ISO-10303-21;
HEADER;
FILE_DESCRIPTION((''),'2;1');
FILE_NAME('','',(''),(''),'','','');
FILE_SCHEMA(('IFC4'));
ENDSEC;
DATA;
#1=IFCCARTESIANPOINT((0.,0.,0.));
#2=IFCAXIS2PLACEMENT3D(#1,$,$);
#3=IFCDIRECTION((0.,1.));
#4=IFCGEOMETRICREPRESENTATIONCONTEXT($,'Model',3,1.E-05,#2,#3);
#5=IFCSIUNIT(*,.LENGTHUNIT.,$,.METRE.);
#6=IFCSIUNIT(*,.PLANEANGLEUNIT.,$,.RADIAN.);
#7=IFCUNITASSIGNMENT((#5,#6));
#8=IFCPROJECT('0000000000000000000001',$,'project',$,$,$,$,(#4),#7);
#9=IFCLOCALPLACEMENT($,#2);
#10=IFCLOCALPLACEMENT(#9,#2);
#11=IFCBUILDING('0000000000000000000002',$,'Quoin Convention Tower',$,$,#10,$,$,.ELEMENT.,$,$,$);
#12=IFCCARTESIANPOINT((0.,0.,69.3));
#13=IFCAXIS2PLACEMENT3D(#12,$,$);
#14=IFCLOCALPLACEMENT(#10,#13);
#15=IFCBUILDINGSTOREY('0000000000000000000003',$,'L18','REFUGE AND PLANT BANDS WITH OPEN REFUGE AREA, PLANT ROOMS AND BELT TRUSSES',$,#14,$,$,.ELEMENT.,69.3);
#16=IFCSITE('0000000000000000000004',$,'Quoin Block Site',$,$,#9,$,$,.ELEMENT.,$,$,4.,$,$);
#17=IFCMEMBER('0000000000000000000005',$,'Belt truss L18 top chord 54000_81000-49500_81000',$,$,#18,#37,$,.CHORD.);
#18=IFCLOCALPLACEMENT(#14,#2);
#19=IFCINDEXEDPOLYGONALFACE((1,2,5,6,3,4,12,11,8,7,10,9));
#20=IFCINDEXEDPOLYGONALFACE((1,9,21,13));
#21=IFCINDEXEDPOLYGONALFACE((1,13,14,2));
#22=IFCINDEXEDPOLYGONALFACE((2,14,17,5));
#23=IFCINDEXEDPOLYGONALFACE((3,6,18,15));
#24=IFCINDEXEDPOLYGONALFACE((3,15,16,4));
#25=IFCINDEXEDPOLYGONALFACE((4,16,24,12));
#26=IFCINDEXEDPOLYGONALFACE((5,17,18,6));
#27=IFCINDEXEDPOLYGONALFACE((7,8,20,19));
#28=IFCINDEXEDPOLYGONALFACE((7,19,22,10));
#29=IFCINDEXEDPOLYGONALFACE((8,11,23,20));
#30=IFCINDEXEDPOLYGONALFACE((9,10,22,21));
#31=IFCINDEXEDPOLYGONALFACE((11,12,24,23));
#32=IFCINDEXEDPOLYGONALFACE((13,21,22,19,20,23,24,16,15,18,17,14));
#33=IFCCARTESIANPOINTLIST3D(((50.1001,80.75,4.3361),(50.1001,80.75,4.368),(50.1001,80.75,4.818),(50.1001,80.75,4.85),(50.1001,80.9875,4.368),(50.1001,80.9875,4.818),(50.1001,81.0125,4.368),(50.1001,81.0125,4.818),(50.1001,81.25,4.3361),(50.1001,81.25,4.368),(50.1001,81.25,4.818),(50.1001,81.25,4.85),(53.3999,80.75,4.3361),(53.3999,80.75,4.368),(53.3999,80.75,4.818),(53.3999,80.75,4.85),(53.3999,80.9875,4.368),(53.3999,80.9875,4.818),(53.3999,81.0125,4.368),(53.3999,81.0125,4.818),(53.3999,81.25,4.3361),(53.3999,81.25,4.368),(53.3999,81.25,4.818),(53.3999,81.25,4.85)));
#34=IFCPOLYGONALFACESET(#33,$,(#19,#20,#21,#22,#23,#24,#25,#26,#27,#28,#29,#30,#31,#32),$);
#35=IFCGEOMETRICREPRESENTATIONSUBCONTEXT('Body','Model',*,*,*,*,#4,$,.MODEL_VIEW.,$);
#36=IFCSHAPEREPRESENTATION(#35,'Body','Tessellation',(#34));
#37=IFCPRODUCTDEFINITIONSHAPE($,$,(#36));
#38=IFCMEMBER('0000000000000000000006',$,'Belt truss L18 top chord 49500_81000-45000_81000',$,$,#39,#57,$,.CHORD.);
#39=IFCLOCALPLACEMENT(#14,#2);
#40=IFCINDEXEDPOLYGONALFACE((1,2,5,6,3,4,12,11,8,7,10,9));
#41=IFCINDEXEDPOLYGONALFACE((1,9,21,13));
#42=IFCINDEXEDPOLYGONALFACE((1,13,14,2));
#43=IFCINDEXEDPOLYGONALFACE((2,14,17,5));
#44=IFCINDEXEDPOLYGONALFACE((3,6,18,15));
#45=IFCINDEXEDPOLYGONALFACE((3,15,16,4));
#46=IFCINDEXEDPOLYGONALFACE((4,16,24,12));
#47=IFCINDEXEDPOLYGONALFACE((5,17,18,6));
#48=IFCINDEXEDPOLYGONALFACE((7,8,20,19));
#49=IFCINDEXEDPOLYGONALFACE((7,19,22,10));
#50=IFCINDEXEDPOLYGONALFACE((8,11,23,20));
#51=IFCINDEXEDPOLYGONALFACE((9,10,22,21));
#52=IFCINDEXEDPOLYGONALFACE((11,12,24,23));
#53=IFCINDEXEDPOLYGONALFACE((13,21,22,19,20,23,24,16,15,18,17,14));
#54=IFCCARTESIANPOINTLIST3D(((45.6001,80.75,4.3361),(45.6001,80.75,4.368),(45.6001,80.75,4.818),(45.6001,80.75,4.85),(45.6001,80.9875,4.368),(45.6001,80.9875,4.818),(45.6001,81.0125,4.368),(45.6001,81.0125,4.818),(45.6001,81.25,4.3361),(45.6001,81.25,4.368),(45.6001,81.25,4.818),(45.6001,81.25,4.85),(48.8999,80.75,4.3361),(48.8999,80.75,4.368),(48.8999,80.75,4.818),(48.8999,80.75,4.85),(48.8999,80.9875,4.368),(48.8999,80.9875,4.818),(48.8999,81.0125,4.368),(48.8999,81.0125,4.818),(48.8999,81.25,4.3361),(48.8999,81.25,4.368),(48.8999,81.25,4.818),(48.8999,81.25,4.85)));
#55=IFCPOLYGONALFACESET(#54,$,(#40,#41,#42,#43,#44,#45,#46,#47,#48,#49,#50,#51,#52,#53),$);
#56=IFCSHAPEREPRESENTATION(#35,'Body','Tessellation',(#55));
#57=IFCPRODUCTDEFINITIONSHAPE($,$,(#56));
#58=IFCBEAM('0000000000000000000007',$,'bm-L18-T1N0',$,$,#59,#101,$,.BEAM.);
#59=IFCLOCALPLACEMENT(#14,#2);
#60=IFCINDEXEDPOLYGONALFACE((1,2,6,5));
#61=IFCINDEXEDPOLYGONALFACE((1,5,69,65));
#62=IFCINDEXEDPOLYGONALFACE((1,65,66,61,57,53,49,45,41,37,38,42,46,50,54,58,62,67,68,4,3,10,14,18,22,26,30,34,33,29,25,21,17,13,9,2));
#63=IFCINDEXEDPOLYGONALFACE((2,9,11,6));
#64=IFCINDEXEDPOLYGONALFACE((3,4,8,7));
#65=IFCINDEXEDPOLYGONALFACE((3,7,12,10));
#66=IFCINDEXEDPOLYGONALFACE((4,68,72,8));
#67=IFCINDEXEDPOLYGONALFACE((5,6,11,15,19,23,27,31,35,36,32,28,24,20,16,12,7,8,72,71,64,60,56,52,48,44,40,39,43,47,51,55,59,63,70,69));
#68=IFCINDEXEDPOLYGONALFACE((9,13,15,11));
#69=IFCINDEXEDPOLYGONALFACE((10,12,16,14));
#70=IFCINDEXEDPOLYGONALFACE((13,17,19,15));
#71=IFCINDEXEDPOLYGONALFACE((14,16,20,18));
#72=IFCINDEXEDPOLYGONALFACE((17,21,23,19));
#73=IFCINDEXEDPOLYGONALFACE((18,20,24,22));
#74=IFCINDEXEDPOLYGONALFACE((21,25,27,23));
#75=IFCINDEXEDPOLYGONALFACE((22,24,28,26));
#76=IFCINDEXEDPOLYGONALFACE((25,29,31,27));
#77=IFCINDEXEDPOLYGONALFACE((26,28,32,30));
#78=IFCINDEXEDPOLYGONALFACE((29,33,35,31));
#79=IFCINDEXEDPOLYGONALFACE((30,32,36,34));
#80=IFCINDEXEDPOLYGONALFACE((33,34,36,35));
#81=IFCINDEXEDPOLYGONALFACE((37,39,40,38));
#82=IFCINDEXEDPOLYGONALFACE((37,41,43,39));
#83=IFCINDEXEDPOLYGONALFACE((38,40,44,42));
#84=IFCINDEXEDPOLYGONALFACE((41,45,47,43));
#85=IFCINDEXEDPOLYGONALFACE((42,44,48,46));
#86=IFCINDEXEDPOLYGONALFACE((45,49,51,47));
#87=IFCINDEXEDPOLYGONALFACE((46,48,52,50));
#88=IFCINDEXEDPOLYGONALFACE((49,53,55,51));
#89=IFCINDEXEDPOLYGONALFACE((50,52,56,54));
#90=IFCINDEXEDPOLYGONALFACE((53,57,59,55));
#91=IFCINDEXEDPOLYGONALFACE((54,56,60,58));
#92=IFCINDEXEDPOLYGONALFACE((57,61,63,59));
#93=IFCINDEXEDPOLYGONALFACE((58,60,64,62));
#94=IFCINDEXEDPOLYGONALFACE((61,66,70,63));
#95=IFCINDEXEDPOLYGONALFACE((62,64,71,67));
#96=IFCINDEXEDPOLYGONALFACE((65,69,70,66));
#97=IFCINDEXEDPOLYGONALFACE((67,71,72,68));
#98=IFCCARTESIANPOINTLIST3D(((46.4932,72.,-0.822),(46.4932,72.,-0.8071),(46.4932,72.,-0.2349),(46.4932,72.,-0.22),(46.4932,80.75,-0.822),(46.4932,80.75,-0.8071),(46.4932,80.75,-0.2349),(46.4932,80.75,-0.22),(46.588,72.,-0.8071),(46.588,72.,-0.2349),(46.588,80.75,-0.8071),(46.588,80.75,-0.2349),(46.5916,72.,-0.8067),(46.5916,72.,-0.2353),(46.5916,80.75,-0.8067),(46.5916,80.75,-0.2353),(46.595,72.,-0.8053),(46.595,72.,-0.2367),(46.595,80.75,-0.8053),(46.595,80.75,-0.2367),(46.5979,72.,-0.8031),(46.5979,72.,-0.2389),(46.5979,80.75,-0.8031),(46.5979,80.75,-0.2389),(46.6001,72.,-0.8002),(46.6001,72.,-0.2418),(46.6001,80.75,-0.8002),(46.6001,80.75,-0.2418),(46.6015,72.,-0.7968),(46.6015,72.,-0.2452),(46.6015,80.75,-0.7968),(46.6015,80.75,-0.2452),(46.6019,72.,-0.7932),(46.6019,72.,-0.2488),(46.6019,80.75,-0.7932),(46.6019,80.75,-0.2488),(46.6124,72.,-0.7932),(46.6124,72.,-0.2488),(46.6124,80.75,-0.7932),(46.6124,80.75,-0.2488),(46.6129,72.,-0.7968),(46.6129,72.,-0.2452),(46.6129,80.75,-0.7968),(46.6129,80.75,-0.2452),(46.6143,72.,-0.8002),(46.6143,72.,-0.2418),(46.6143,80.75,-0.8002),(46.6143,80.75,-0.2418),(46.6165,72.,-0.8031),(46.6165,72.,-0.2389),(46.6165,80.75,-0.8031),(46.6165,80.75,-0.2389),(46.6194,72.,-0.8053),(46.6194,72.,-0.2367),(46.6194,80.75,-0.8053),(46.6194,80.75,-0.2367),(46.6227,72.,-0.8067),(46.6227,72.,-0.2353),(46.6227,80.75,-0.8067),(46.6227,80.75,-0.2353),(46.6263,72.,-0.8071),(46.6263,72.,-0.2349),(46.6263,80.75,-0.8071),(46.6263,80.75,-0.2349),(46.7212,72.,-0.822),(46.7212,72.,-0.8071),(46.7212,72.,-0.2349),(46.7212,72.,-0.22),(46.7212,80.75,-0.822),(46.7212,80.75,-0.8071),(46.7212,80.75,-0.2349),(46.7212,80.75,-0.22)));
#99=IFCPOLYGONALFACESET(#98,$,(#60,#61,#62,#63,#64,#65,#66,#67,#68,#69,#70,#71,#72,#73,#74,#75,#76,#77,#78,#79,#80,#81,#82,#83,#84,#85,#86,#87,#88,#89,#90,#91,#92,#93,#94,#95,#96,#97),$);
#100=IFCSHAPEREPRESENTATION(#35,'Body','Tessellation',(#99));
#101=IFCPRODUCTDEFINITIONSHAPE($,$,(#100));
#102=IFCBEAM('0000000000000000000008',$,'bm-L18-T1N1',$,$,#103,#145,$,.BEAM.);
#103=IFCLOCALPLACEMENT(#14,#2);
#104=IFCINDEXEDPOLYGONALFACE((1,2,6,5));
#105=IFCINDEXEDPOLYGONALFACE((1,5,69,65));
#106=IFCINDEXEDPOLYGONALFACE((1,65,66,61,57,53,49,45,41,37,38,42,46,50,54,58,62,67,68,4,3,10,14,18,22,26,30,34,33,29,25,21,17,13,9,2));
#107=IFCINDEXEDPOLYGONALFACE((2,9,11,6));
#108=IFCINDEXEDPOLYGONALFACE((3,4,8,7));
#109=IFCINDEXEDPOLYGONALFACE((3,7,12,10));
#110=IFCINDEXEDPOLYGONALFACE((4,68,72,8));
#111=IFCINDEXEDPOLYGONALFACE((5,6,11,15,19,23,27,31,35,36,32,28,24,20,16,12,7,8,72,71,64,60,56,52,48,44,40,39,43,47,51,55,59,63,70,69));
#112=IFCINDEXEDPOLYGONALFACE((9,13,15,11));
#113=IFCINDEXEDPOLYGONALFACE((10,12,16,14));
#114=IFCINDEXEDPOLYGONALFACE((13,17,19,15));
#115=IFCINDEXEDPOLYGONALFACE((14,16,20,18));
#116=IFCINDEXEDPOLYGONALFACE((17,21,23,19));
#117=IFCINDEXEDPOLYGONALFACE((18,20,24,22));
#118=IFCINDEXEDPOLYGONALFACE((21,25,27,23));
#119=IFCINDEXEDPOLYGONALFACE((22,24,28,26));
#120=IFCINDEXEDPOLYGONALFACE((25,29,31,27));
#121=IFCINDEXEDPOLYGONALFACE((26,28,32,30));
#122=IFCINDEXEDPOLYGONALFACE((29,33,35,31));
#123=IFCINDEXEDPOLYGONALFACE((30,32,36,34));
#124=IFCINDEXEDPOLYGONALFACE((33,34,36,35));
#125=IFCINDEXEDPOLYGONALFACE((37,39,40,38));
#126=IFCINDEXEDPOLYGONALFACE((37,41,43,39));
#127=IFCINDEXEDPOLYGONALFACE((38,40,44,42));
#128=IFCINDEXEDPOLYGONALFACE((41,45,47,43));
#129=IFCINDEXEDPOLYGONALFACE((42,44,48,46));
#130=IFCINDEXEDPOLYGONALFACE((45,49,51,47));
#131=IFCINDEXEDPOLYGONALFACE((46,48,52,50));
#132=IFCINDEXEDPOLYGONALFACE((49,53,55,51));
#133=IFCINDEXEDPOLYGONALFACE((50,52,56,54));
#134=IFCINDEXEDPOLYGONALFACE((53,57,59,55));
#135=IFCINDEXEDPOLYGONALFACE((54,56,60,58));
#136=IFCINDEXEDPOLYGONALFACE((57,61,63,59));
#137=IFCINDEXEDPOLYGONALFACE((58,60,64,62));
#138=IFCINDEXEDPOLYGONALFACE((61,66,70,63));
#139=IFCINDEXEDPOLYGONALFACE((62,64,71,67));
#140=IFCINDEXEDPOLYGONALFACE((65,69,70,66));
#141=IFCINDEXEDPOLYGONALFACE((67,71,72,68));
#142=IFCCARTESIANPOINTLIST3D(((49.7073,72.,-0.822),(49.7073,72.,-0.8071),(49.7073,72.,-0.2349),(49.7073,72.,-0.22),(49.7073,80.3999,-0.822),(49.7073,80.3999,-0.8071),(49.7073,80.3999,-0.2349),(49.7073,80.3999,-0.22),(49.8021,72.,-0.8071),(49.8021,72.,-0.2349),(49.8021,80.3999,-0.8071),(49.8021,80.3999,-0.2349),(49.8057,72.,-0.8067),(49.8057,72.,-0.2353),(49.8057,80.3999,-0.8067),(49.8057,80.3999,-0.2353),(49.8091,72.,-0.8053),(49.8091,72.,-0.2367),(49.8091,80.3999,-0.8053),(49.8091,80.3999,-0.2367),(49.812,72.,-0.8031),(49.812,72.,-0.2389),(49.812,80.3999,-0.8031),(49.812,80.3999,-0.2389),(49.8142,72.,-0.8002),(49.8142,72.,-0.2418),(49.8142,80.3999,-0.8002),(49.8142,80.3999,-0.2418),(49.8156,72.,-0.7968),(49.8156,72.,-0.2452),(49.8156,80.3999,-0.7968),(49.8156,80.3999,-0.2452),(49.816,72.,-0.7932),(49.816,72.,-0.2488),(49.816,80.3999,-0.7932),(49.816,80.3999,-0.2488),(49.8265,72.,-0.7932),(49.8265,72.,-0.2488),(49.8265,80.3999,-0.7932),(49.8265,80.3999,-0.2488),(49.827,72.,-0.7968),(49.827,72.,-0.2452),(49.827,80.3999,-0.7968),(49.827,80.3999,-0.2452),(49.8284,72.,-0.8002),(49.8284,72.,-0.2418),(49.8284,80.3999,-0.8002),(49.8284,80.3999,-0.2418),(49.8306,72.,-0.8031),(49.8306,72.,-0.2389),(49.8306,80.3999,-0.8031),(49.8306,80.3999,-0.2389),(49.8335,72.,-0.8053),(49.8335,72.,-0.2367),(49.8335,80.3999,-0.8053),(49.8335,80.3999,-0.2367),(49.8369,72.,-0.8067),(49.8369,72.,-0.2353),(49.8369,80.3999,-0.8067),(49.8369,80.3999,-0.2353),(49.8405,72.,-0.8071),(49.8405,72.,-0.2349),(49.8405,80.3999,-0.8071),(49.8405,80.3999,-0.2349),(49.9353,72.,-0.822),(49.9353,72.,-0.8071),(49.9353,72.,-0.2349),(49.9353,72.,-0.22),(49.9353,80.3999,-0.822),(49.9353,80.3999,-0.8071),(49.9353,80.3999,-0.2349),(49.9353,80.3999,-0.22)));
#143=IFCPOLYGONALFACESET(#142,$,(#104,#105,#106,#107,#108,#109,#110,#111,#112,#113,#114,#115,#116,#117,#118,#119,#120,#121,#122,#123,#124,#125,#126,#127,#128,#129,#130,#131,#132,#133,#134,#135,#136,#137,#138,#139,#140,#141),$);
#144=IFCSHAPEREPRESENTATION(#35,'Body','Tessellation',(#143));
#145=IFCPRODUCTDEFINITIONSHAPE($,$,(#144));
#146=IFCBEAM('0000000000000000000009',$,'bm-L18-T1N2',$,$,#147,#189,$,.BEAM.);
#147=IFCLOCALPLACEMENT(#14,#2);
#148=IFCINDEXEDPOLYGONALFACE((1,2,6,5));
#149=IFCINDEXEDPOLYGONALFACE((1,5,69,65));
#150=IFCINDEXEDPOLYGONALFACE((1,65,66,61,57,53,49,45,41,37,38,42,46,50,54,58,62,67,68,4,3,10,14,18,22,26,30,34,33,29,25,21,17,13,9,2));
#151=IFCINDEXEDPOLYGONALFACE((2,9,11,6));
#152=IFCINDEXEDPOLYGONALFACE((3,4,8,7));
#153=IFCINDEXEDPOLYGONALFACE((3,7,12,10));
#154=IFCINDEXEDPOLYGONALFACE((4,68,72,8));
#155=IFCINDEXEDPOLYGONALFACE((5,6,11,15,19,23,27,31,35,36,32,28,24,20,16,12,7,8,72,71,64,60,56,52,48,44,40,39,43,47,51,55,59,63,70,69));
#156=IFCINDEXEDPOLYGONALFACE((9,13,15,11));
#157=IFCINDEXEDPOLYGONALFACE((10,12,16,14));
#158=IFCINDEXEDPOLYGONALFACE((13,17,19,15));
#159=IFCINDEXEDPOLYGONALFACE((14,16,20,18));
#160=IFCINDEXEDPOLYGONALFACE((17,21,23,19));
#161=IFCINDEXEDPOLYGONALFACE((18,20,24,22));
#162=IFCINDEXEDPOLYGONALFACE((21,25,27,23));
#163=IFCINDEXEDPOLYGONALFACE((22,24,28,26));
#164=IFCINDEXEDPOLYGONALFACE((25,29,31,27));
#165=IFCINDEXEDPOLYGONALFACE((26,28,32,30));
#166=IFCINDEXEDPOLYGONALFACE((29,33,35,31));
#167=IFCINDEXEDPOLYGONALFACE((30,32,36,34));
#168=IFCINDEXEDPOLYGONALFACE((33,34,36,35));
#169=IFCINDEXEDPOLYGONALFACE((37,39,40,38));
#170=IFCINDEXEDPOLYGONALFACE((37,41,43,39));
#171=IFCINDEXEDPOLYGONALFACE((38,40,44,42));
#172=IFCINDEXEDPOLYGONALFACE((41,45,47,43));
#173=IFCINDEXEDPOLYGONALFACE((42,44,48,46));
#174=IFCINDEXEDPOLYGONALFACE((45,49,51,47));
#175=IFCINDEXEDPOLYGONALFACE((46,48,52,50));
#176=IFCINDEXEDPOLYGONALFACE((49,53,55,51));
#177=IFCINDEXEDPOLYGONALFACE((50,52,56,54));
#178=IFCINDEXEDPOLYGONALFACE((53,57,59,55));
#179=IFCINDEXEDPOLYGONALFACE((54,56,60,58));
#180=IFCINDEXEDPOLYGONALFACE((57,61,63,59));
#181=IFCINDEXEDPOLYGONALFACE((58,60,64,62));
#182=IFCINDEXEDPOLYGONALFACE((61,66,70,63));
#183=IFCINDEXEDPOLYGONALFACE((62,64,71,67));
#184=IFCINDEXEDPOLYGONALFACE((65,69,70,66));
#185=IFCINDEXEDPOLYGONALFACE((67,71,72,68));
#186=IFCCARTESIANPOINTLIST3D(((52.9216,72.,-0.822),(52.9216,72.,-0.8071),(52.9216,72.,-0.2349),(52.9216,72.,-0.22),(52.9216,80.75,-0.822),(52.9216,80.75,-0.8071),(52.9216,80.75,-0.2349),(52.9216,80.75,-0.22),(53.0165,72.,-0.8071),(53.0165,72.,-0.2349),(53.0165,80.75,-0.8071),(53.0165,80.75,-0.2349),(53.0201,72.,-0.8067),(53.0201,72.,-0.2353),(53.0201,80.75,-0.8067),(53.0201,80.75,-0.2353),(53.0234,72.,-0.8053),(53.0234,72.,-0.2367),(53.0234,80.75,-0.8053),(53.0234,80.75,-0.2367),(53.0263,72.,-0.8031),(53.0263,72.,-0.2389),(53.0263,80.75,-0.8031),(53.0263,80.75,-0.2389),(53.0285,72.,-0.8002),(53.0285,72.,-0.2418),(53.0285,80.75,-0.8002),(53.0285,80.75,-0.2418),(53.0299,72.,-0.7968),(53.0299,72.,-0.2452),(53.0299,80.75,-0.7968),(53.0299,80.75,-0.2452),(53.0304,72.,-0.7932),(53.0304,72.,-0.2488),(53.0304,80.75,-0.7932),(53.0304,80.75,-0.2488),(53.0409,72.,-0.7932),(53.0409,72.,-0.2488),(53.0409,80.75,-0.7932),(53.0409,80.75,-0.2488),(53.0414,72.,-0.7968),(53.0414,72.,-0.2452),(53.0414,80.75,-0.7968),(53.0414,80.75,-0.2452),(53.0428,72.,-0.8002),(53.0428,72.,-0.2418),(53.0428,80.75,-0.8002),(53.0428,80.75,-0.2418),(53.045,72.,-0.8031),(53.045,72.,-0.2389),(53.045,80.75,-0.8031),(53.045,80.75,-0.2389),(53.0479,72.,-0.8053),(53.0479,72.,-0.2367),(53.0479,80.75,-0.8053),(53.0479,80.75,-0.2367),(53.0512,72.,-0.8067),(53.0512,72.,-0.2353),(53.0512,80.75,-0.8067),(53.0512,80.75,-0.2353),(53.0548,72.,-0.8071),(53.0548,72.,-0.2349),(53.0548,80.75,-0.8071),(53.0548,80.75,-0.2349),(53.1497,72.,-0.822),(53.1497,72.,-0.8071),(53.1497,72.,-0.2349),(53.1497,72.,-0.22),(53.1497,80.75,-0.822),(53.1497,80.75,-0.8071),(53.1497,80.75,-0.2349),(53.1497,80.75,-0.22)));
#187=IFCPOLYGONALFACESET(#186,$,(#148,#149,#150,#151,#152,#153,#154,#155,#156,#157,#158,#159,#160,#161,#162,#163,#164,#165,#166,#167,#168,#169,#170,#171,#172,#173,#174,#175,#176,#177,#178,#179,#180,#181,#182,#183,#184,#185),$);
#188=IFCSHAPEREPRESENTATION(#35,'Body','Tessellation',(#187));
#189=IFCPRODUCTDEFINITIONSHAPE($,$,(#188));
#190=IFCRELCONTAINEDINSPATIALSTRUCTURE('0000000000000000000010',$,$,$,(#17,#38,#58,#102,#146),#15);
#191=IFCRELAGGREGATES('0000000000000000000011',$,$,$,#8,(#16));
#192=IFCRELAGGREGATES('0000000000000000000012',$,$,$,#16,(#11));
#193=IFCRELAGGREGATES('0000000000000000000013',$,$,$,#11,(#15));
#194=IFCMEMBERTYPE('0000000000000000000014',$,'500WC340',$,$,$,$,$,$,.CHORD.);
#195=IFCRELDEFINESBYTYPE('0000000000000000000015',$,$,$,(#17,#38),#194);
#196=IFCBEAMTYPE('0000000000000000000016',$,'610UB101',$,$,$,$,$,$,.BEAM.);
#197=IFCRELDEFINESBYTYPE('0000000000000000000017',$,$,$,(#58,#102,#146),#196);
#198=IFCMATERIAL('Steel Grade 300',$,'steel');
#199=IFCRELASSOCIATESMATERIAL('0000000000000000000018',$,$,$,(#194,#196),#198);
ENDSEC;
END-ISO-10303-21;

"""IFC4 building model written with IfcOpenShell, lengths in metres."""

from ifc_helpers import new_model, si_unit, direction, frame, origin, origin_2d, place, context, subcontext, project, spatial, i_section, extrude, material, material_profile, profile_set, type_object, element, save


model = new_model("IFC4")

# Units and contexts
model_context = context("Model", 3, precision=1e-05, world=origin(), true_north=direction((0.0, 1.0)))
body_context = subcontext(model_context, "Body", "Model", "MODEL_VIEW")
ifc_project = project(units=[si_unit("LENGTHUNIT", "METRE"), si_unit("PLANEANGLEUNIT", "RADIAN")], contexts=[model_context])

# Site, building, storey
site_placement = place(None, origin())
site = spatial("IfcSite", under=ifc_project, at=site_placement, Name="Quoin Block Site", CompositionType="ELEMENT", RefElevation=4.0)
building_placement = place(site_placement, origin())
building = spatial("IfcBuilding", under=site, at=building_placement, Name="Quoin Convention Tower", CompositionType="ELEMENT")
storey_placement = place(building_placement, frame((0.0, 0.0, 69.3)))
storey = spatial("IfcBuildingStorey", under=building, at=storey_placement, Name="L18", Description="REFUGE AND PLANT BANDS WITH OPEN REFUGE AREA, PLANT ROOMS AND BELT TRUSSES", CompositionType="ELEMENT", Elevation=69.3)

# Members
ifc_material_1 = material(Name="Steel Grade 300", Category="steel")
ifc_material_profile_1 = material_profile(ifc_material_1, i_section(OverallWidth=0.5, OverallDepth=0.5139, WebThickness=0.0249, FlangeThickness=0.032, at=origin_2d()), Name="500WC340")
ifc_profile_set_1 = profile_set([ifc_material_profile_1], Name="Steel Grade 300")
member_type_1 = type_object("IfcMemberType", Name="500WC340", PredefinedType="CHORD", material=ifc_profile_set_1)
for number, where, z_axis, x_axis, name in (
    (1, (53.3999, 81.0, 4.593), (-1.0, 0.0, 0.0), (0.0, -1.0, 0.0), "Belt truss L18 top chord 54000_81000-49500_81000"),
    (2, (48.8999, 81.0, 4.593), (-1.0, 0.0, 0.0), (0.0, -1.0, 0.0), "Belt truss L18 top chord 49500_81000-45000_81000"),
):
    element("IfcMember", number, at=place(storey_placement, frame(where, z_axis=z_axis, x_axis=x_axis)), inside=storey, type_object=member_type_1, Name=name, PredefinedType="CHORD", context=body_context, shape_type="SweptSolid", body=[
        extrude(i_section(OverallWidth=0.5, OverallDepth=0.5139, WebThickness=0.0249, FlangeThickness=0.032, at=origin_2d()), origin(), (0.0, 0.0, 1.0), 3.2998),
    ])

# Beams
ifc_material_profile_2 = material_profile(ifc_material_1, i_section(OverallWidth=0.228, OverallDepth=0.6021, WebThickness=0.0105, FlangeThickness=0.0149, FilletRadius=0.0139, at=origin_2d()), Name="610UB101")
ifc_profile_set_2 = profile_set([ifc_material_profile_2], Name="Steel Grade 300")
beam_type_1 = type_object("IfcBeamType", Name="610UB101", PredefinedType="BEAM", material=ifc_profile_set_2)
beam_1_placement = place(storey_placement, frame((46.6072, 72.0, -0.521), z_axis=(0.0, 1.0, 0.0), x_axis=(-1.0, 0.0, 0.0)))
element("IfcBeam", 3, at=beam_1_placement, inside=storey, type_object=beam_type_1, Name="bm-L18-T1N0", PredefinedType="BEAM", context=body_context, shape_type="SweptSolid", body=[
    extrude(i_section(OverallWidth=0.228, OverallDepth=0.6021, WebThickness=0.0105, FlangeThickness=0.0149, FilletRadius=0.0139, at=origin_2d()), origin(), (0.0, 0.0, 1.0), 8.75),
])
beam_2_placement = place(storey_placement, frame((49.8213, 72.0, -0.521), z_axis=(0.0, 1.0, 0.0), x_axis=(-1.0, 0.0, 0.0)))
element("IfcBeam", 4, at=beam_2_placement, inside=storey, type_object=beam_type_1, Name="bm-L18-T1N1", PredefinedType="BEAM", context=body_context, shape_type="SweptSolid", body=[
    extrude(i_section(OverallWidth=0.228, OverallDepth=0.6021, WebThickness=0.0105, FlangeThickness=0.0149, FilletRadius=0.0139, at=origin_2d()), origin(), (0.0, 0.0, 1.0), 8.3999),
])
beam_3_placement = place(storey_placement, frame((53.0356, 72.0, -0.521), z_axis=(0.0, 1.0, 0.0), x_axis=(-1.0, 0.0, 0.0)))
element("IfcBeam", 5, at=beam_3_placement, inside=storey, type_object=beam_type_1, Name="bm-L18-T1N2", PredefinedType="BEAM", context=body_context, shape_type="SweptSolid", body=[
    extrude(i_section(OverallWidth=0.228, OverallDepth=0.6021, WebThickness=0.0105, FlangeThickness=0.0149, FilletRadius=0.0139, at=origin_2d()), origin(), (0.0, 0.0, 1.0), 8.75),
])

save(model, "model.ifc")
